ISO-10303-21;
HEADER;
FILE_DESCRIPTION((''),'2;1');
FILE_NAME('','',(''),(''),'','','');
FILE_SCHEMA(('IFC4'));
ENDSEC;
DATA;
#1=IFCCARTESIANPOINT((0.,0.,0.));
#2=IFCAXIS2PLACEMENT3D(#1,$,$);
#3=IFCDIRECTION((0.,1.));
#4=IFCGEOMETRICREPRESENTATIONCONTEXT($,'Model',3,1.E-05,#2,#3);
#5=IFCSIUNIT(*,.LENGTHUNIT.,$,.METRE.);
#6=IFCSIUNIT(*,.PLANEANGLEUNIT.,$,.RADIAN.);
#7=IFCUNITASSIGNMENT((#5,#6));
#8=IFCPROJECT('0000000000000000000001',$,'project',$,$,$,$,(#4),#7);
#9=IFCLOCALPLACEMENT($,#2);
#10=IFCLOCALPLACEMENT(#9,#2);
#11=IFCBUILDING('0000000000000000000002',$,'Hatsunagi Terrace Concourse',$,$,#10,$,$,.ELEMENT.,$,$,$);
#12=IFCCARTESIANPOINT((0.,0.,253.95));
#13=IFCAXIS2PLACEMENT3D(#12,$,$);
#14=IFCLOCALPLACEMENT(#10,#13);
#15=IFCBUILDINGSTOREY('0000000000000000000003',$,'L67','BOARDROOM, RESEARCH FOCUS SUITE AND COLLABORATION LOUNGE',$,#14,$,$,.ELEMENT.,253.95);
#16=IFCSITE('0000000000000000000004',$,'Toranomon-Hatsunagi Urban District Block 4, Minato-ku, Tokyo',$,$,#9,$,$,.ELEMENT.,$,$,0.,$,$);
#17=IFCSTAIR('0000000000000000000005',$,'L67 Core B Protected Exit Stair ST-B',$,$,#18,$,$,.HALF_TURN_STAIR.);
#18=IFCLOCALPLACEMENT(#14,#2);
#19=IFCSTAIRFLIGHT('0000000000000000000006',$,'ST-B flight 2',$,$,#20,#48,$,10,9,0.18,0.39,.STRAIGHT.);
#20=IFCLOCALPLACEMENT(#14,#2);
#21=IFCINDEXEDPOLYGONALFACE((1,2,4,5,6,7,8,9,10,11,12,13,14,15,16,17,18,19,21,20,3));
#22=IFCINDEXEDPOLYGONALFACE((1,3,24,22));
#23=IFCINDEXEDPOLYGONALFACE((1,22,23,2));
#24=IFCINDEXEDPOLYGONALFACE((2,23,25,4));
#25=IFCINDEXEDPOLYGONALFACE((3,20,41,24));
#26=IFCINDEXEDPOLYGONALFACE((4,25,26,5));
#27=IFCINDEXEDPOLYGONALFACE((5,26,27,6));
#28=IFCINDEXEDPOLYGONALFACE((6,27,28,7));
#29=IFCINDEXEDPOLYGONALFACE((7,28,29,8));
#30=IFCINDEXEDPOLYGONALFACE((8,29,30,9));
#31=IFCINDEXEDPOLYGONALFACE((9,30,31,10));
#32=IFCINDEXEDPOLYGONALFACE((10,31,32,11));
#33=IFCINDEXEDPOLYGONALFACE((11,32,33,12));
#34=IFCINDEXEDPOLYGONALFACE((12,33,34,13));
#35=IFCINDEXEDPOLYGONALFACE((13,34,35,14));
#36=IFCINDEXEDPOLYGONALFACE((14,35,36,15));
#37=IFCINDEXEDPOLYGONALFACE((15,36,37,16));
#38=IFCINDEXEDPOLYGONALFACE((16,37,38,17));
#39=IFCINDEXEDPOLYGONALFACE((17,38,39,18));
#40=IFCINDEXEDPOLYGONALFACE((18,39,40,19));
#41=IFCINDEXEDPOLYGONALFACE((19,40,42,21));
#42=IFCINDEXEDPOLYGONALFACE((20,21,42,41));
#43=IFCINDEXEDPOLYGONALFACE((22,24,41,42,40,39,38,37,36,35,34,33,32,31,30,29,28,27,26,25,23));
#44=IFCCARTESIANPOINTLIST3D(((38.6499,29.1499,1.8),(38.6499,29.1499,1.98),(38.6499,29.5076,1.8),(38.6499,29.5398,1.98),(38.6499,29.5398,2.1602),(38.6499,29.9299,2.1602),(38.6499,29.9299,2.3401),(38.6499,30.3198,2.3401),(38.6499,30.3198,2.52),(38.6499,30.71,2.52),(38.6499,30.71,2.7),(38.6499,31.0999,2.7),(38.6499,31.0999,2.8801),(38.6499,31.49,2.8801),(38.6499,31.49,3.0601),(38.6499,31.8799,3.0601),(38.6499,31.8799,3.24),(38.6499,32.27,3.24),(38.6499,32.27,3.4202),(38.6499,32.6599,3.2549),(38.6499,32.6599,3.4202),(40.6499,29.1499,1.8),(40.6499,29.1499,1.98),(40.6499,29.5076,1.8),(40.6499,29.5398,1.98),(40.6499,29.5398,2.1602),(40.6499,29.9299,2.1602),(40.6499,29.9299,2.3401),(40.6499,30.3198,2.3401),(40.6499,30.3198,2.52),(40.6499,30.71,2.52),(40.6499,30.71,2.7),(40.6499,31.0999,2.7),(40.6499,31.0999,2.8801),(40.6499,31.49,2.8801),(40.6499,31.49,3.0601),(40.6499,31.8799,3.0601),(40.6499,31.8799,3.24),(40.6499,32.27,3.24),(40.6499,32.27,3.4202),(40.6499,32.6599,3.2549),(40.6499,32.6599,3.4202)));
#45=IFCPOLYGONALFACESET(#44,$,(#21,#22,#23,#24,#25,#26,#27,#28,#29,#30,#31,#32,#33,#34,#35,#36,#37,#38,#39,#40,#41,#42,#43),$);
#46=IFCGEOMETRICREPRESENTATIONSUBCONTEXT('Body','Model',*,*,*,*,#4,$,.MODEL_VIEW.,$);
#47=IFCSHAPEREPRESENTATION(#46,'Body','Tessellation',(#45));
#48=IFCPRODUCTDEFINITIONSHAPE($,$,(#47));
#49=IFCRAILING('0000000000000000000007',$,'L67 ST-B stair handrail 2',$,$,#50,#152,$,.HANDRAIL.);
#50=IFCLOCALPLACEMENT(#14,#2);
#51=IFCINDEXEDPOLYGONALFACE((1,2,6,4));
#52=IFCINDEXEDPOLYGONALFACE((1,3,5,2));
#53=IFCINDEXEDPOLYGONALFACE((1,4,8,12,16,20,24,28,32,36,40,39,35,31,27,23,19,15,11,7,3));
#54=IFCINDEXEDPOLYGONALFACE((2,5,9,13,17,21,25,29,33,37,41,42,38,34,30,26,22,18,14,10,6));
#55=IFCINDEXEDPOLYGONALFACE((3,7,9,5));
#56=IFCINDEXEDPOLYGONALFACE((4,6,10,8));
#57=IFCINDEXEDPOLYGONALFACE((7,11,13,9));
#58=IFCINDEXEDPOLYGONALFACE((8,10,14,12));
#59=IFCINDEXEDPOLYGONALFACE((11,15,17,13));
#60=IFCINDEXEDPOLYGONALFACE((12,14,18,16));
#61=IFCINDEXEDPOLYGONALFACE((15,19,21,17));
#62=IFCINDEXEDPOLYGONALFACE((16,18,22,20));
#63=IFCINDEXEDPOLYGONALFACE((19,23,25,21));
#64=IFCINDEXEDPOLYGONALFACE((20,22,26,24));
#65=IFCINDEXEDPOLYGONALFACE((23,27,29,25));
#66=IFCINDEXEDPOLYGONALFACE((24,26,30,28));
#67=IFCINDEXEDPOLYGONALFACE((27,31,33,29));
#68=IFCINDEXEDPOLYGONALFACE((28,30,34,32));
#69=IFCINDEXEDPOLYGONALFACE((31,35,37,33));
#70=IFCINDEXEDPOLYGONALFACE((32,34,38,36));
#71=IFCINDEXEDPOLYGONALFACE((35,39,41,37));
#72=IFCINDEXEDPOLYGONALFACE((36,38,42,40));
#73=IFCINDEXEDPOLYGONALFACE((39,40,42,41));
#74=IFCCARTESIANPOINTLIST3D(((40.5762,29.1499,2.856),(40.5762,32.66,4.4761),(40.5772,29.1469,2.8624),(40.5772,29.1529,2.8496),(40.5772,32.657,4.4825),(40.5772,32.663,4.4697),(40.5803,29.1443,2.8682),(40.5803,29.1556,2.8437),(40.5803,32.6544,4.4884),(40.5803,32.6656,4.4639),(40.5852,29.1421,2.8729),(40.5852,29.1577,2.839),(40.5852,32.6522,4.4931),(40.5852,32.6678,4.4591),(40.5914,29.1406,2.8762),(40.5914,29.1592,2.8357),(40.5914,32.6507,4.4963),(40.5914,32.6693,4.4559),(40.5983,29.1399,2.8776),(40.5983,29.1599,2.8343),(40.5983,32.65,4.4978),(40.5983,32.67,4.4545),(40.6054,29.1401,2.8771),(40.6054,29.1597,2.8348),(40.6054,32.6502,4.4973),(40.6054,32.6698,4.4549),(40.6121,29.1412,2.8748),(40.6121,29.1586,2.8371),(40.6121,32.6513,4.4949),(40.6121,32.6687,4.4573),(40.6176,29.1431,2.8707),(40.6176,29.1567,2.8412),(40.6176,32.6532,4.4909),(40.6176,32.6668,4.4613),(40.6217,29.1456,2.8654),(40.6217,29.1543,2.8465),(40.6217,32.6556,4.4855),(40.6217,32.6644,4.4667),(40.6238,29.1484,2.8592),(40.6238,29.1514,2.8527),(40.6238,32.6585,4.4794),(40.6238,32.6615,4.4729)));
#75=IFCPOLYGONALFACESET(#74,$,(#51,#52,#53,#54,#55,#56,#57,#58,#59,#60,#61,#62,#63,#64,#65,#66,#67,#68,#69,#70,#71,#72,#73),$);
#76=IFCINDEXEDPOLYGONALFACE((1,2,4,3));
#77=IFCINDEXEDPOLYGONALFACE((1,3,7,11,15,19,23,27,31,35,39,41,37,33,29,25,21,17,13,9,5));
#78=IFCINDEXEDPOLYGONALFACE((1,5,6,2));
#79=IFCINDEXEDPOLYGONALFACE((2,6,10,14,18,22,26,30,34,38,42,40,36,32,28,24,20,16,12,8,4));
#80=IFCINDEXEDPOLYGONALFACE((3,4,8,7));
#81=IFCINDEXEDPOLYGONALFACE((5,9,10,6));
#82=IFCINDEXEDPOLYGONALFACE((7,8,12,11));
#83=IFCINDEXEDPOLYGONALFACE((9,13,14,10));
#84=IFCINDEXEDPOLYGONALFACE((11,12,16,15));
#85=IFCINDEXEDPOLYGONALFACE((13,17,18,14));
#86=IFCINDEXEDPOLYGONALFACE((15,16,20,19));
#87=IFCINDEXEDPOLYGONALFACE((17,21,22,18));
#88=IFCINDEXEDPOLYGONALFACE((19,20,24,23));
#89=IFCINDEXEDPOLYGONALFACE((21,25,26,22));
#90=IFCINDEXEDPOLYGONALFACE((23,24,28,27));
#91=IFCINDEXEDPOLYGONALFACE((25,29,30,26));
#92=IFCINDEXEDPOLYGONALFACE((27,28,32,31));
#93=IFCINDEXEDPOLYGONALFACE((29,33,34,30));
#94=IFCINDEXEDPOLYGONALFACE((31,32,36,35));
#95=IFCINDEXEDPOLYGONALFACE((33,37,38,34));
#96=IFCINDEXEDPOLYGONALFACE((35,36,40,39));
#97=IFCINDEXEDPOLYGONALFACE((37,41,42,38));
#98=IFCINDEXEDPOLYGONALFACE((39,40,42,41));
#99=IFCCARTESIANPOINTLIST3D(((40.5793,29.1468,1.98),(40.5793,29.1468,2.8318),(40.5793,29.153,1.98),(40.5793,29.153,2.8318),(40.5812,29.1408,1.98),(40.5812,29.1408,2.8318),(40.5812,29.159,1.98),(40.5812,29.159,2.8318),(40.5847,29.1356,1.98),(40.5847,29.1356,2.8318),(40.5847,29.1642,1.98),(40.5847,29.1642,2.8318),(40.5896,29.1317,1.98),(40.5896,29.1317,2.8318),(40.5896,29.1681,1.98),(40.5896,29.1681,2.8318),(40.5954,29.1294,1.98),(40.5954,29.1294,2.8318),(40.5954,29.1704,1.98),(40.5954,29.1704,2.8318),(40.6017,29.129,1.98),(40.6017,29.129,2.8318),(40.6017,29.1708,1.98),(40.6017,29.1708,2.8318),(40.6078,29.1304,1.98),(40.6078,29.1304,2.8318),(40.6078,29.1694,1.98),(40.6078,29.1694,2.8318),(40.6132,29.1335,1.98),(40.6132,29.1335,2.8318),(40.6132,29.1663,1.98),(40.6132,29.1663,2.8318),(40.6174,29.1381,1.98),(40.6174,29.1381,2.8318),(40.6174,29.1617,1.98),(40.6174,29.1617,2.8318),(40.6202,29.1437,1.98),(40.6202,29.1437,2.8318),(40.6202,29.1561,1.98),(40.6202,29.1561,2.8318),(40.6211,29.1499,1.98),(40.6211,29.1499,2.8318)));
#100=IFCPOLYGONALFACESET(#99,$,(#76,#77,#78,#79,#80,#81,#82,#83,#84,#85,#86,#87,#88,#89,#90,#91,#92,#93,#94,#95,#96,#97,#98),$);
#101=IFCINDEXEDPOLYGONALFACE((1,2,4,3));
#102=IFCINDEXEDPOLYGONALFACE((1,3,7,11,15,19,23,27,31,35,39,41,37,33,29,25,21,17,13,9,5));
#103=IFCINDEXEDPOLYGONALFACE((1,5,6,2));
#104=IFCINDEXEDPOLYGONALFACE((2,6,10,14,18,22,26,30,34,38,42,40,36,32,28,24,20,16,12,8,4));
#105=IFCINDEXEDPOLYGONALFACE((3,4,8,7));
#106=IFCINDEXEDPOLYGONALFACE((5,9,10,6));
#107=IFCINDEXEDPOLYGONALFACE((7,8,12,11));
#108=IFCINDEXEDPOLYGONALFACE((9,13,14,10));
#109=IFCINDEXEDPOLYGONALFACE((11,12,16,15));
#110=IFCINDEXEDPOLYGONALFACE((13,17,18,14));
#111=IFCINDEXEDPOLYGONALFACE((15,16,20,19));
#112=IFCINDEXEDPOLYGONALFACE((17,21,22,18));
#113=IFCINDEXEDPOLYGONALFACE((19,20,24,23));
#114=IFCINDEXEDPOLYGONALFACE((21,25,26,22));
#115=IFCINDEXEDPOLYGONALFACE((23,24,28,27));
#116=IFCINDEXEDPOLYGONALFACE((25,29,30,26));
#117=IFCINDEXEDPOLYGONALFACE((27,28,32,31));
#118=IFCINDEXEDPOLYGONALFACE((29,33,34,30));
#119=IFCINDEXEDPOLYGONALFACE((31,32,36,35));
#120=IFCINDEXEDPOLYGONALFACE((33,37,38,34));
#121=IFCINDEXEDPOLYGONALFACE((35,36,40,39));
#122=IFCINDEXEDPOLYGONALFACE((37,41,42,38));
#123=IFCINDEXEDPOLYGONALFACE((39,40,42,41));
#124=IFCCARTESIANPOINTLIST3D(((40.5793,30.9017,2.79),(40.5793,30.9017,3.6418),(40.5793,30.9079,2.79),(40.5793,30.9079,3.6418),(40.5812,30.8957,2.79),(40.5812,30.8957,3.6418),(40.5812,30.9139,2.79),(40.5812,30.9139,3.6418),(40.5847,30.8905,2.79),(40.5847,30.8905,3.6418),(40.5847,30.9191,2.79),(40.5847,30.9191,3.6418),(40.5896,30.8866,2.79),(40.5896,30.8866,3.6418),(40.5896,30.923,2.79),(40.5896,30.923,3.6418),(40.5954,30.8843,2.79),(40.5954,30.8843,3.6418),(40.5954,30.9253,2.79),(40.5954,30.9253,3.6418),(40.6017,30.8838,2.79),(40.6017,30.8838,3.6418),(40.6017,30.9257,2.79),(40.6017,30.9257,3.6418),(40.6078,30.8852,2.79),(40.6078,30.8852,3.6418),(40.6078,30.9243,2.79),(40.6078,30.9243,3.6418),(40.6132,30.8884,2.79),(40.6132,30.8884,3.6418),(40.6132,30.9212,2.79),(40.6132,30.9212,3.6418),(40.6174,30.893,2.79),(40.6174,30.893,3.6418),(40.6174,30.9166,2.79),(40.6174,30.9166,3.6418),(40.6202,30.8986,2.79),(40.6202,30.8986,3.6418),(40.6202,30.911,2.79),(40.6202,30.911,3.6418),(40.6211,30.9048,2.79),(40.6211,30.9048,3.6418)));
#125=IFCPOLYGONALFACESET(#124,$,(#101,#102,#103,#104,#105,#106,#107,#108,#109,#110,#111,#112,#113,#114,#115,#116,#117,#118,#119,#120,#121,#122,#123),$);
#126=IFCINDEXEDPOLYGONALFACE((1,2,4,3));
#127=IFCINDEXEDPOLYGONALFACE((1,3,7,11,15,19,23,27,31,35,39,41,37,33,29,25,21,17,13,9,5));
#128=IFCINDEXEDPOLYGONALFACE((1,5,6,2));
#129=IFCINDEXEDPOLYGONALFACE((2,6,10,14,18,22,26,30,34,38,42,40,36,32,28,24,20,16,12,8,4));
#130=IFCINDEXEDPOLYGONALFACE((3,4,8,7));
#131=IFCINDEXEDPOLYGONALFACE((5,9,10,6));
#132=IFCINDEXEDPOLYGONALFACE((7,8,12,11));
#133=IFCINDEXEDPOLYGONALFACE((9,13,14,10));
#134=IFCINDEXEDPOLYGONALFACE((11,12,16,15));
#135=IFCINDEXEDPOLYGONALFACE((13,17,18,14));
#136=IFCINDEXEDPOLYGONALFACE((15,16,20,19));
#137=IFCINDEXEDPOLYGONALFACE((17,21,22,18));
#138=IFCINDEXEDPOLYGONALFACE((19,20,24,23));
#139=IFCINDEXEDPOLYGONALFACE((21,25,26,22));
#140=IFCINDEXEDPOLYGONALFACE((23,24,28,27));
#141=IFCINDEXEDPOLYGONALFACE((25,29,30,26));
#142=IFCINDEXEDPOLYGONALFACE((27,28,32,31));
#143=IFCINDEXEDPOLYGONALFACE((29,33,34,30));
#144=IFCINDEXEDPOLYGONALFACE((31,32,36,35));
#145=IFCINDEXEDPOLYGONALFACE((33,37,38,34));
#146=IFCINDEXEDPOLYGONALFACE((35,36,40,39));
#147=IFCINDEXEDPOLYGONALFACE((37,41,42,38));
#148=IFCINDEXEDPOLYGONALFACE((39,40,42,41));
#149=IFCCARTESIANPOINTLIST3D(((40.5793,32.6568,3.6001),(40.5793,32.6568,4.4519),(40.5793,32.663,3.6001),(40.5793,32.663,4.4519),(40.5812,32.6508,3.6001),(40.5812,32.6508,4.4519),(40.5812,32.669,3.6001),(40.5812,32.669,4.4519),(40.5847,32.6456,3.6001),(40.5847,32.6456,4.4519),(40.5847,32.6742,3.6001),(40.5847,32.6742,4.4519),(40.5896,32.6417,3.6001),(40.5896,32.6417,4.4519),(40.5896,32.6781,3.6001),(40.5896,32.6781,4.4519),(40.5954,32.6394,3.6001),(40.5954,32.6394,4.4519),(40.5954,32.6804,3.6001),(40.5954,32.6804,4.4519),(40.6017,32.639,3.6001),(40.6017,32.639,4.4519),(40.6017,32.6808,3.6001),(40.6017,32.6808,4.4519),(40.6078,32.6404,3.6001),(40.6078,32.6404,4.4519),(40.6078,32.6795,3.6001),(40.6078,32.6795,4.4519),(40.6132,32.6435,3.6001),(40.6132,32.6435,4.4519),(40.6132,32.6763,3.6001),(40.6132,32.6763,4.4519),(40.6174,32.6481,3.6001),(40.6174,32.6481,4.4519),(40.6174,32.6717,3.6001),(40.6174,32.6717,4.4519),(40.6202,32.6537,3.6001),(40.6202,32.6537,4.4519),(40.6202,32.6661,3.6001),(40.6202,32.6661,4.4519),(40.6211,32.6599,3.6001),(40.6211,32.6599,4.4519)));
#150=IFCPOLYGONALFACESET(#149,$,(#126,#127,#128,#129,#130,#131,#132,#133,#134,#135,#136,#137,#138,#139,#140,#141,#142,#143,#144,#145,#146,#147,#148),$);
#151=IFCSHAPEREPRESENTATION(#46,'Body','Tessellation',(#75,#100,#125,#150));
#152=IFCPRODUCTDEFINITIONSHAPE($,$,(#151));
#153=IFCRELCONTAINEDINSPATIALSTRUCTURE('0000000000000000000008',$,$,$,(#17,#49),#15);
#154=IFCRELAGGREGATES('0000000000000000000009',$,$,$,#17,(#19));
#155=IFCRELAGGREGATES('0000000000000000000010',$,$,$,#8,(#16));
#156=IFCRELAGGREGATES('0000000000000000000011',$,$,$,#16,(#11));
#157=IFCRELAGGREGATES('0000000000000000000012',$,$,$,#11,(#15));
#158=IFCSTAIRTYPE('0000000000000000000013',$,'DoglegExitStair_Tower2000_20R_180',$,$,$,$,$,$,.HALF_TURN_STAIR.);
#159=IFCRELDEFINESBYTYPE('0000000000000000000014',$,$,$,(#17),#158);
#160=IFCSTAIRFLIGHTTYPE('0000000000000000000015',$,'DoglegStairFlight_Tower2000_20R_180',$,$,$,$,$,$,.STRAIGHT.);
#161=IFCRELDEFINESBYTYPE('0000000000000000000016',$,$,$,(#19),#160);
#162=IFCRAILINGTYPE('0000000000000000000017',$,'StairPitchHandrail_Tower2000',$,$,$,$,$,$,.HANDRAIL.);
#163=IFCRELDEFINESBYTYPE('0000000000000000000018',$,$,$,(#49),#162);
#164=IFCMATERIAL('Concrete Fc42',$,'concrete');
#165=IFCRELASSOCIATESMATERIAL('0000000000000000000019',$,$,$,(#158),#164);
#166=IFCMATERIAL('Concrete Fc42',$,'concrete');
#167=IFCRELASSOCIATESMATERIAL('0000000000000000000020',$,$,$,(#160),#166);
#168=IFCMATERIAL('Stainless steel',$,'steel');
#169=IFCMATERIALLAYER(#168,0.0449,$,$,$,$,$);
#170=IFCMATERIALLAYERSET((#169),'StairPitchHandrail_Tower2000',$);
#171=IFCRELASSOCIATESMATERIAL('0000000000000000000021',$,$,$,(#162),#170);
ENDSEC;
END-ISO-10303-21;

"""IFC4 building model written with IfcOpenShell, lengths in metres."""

from ifc_helpers import new_model, si_unit, direction, frame, origin, origin_2d, place, context, subcontext, project, spatial, polyline, circle, outline, extrude, material, layer, layer_set, type_object, element, aggregate, save


model = new_model("IFC4")

# Units and contexts
model_context = context("Model", 3, precision=1e-05, world=origin(), true_north=direction((0.0, 1.0)))
body_context = subcontext(model_context, "Body", "Model", "MODEL_VIEW")
ifc_project = project(units=[si_unit("LENGTHUNIT", "METRE"), si_unit("PLANEANGLEUNIT", "RADIAN")], contexts=[model_context])

# Site, building, storey
site_placement = place(None, origin())
site = spatial("IfcSite", under=ifc_project, at=site_placement, Name="Toranomon-Hatsunagi Urban District Block 4, Minato-ku, Tokyo", CompositionType="ELEMENT", RefElevation=0.0)
building_placement = place(site_placement, origin())
building = spatial("IfcBuilding", under=site, at=building_placement, Name="Hatsunagi Terrace Concourse", CompositionType="ELEMENT")
storey_placement = place(building_placement, frame((0.0, 0.0, 253.95)))
storey = spatial("IfcBuildingStorey", under=building, at=storey_placement, Name="L67", Description="BOARDROOM, RESEARCH FOCUS SUITE AND COLLABORATION LOUNGE", CompositionType="ELEMENT", Elevation=253.95)

# Stair, stair flight
ifc_material_1 = material(Name="Concrete Fc42", Category="concrete")
stair_type = type_object("IfcStairType", Name="DoglegExitStair_Tower2000_20R_180", PredefinedType="HALF_TURN_STAIR", material=ifc_material_1)
stair_placement = place(storey_placement, origin())
stair = element("IfcStair", 1, at=stair_placement, inside=storey, type_object=stair_type, Name="L67 Core B Protected Exit Stair ST-B", PredefinedType="HALF_TURN_STAIR")
ifc_material_2 = material(Name="Concrete Fc42", Category="concrete")
stair_flight_type = type_object("IfcStairFlightType", Name="DoglegStairFlight_Tower2000_20R_180", PredefinedType="STRAIGHT", material=ifc_material_2)
stair_flight_placement = place(storey_placement, frame((39.6499, 29.1499, 1.8), z_axis=(0.0, 0.0, 1.0), x_axis=(0.0, 1.0, 0.0)))
stair_flight = element("IfcStairFlight", 2, at=stair_flight_placement, type_object=stair_flight_type, Name="ST-B flight 2", NumberOfRisers=10, NumberOfTreads=9, PredefinedType="STRAIGHT", RiserHeight=0.18, TreadLength=0.39, context=body_context, shape_type="SweptSolid", body=[
    extrude(outline(polyline([(0.0, 0.0), (0.0, 0.1799), (0.3899, 0.1799), (0.3899, 0.3601), (0.78, 0.3601), (0.78, 0.54), (1.1699, 0.54), (1.1699, 0.72), (1.5601, 0.72), (1.5601, 0.8999), (1.95, 0.8999), (1.95, 1.0801), (2.3401, 1.0801), (2.3401, 1.26), (2.73, 1.26), (2.73, 1.4399), (3.1201, 1.4399), (3.1201, 1.6201), (3.51, 1.6201), (3.51, 1.8), (3.51, 1.4548), (0.3577, 0.0), (0.0, 0.0)])), frame((0.0, 1.0, 0.0), z_axis=(0.0, -1.0, 0.0), x_axis=(1.0, 0.0, 0.0)), (0.0, 0.0, 1.0), 2.0),
])
aggregate(stair, [stair_flight])

# Railing
ifc_material_3 = material(Name="Stainless steel", Category="steel")
ifc_layer_1 = layer(ifc_material_3, 0.0449)
ifc_layer_set_1 = layer_set([ifc_layer_1], Name="StairPitchHandrail_Tower2000")
railing_type_1 = type_object("IfcRailingType", Name="StairPitchHandrail_Tower2000", PredefinedType="HANDRAIL", material=ifc_layer_set_1)
railing_1_placement = place(storey_placement, frame((40.6001, 29.1499, 1.98)))
element("IfcRailing", 3, at=railing_1_placement, inside=storey, type_object=railing_type_1, Name="L67 ST-B stair handrail 2", PredefinedType="HANDRAIL", context=body_context, shape_type="SweptSolid", body=[
    extrude(circle(Radius=0.0239, at=origin_2d()), frame((0.0, 0.0, 0.876), z_axis=(0.0, 0.907948, 0.419082), x_axis=(-1.0, 0.0, 0.0)), (0.0, 0.0, 1.0), 3.866),
    extrude(circle(Radius=0.021, at=origin_2d()), origin(), (0.0, 0.0, 1.0), 0.8518),
    extrude(circle(Radius=0.021, at=origin_2d()), frame((0.0, 1.7549, 0.8101)), (0.0, 0.0, 1.0), 0.8518),
    extrude(circle(Radius=0.021, at=origin_2d()), frame((0.0, 3.51, 1.6201)), (0.0, 0.0, 1.0), 0.8518),
])

save(model, "model.ifc")
